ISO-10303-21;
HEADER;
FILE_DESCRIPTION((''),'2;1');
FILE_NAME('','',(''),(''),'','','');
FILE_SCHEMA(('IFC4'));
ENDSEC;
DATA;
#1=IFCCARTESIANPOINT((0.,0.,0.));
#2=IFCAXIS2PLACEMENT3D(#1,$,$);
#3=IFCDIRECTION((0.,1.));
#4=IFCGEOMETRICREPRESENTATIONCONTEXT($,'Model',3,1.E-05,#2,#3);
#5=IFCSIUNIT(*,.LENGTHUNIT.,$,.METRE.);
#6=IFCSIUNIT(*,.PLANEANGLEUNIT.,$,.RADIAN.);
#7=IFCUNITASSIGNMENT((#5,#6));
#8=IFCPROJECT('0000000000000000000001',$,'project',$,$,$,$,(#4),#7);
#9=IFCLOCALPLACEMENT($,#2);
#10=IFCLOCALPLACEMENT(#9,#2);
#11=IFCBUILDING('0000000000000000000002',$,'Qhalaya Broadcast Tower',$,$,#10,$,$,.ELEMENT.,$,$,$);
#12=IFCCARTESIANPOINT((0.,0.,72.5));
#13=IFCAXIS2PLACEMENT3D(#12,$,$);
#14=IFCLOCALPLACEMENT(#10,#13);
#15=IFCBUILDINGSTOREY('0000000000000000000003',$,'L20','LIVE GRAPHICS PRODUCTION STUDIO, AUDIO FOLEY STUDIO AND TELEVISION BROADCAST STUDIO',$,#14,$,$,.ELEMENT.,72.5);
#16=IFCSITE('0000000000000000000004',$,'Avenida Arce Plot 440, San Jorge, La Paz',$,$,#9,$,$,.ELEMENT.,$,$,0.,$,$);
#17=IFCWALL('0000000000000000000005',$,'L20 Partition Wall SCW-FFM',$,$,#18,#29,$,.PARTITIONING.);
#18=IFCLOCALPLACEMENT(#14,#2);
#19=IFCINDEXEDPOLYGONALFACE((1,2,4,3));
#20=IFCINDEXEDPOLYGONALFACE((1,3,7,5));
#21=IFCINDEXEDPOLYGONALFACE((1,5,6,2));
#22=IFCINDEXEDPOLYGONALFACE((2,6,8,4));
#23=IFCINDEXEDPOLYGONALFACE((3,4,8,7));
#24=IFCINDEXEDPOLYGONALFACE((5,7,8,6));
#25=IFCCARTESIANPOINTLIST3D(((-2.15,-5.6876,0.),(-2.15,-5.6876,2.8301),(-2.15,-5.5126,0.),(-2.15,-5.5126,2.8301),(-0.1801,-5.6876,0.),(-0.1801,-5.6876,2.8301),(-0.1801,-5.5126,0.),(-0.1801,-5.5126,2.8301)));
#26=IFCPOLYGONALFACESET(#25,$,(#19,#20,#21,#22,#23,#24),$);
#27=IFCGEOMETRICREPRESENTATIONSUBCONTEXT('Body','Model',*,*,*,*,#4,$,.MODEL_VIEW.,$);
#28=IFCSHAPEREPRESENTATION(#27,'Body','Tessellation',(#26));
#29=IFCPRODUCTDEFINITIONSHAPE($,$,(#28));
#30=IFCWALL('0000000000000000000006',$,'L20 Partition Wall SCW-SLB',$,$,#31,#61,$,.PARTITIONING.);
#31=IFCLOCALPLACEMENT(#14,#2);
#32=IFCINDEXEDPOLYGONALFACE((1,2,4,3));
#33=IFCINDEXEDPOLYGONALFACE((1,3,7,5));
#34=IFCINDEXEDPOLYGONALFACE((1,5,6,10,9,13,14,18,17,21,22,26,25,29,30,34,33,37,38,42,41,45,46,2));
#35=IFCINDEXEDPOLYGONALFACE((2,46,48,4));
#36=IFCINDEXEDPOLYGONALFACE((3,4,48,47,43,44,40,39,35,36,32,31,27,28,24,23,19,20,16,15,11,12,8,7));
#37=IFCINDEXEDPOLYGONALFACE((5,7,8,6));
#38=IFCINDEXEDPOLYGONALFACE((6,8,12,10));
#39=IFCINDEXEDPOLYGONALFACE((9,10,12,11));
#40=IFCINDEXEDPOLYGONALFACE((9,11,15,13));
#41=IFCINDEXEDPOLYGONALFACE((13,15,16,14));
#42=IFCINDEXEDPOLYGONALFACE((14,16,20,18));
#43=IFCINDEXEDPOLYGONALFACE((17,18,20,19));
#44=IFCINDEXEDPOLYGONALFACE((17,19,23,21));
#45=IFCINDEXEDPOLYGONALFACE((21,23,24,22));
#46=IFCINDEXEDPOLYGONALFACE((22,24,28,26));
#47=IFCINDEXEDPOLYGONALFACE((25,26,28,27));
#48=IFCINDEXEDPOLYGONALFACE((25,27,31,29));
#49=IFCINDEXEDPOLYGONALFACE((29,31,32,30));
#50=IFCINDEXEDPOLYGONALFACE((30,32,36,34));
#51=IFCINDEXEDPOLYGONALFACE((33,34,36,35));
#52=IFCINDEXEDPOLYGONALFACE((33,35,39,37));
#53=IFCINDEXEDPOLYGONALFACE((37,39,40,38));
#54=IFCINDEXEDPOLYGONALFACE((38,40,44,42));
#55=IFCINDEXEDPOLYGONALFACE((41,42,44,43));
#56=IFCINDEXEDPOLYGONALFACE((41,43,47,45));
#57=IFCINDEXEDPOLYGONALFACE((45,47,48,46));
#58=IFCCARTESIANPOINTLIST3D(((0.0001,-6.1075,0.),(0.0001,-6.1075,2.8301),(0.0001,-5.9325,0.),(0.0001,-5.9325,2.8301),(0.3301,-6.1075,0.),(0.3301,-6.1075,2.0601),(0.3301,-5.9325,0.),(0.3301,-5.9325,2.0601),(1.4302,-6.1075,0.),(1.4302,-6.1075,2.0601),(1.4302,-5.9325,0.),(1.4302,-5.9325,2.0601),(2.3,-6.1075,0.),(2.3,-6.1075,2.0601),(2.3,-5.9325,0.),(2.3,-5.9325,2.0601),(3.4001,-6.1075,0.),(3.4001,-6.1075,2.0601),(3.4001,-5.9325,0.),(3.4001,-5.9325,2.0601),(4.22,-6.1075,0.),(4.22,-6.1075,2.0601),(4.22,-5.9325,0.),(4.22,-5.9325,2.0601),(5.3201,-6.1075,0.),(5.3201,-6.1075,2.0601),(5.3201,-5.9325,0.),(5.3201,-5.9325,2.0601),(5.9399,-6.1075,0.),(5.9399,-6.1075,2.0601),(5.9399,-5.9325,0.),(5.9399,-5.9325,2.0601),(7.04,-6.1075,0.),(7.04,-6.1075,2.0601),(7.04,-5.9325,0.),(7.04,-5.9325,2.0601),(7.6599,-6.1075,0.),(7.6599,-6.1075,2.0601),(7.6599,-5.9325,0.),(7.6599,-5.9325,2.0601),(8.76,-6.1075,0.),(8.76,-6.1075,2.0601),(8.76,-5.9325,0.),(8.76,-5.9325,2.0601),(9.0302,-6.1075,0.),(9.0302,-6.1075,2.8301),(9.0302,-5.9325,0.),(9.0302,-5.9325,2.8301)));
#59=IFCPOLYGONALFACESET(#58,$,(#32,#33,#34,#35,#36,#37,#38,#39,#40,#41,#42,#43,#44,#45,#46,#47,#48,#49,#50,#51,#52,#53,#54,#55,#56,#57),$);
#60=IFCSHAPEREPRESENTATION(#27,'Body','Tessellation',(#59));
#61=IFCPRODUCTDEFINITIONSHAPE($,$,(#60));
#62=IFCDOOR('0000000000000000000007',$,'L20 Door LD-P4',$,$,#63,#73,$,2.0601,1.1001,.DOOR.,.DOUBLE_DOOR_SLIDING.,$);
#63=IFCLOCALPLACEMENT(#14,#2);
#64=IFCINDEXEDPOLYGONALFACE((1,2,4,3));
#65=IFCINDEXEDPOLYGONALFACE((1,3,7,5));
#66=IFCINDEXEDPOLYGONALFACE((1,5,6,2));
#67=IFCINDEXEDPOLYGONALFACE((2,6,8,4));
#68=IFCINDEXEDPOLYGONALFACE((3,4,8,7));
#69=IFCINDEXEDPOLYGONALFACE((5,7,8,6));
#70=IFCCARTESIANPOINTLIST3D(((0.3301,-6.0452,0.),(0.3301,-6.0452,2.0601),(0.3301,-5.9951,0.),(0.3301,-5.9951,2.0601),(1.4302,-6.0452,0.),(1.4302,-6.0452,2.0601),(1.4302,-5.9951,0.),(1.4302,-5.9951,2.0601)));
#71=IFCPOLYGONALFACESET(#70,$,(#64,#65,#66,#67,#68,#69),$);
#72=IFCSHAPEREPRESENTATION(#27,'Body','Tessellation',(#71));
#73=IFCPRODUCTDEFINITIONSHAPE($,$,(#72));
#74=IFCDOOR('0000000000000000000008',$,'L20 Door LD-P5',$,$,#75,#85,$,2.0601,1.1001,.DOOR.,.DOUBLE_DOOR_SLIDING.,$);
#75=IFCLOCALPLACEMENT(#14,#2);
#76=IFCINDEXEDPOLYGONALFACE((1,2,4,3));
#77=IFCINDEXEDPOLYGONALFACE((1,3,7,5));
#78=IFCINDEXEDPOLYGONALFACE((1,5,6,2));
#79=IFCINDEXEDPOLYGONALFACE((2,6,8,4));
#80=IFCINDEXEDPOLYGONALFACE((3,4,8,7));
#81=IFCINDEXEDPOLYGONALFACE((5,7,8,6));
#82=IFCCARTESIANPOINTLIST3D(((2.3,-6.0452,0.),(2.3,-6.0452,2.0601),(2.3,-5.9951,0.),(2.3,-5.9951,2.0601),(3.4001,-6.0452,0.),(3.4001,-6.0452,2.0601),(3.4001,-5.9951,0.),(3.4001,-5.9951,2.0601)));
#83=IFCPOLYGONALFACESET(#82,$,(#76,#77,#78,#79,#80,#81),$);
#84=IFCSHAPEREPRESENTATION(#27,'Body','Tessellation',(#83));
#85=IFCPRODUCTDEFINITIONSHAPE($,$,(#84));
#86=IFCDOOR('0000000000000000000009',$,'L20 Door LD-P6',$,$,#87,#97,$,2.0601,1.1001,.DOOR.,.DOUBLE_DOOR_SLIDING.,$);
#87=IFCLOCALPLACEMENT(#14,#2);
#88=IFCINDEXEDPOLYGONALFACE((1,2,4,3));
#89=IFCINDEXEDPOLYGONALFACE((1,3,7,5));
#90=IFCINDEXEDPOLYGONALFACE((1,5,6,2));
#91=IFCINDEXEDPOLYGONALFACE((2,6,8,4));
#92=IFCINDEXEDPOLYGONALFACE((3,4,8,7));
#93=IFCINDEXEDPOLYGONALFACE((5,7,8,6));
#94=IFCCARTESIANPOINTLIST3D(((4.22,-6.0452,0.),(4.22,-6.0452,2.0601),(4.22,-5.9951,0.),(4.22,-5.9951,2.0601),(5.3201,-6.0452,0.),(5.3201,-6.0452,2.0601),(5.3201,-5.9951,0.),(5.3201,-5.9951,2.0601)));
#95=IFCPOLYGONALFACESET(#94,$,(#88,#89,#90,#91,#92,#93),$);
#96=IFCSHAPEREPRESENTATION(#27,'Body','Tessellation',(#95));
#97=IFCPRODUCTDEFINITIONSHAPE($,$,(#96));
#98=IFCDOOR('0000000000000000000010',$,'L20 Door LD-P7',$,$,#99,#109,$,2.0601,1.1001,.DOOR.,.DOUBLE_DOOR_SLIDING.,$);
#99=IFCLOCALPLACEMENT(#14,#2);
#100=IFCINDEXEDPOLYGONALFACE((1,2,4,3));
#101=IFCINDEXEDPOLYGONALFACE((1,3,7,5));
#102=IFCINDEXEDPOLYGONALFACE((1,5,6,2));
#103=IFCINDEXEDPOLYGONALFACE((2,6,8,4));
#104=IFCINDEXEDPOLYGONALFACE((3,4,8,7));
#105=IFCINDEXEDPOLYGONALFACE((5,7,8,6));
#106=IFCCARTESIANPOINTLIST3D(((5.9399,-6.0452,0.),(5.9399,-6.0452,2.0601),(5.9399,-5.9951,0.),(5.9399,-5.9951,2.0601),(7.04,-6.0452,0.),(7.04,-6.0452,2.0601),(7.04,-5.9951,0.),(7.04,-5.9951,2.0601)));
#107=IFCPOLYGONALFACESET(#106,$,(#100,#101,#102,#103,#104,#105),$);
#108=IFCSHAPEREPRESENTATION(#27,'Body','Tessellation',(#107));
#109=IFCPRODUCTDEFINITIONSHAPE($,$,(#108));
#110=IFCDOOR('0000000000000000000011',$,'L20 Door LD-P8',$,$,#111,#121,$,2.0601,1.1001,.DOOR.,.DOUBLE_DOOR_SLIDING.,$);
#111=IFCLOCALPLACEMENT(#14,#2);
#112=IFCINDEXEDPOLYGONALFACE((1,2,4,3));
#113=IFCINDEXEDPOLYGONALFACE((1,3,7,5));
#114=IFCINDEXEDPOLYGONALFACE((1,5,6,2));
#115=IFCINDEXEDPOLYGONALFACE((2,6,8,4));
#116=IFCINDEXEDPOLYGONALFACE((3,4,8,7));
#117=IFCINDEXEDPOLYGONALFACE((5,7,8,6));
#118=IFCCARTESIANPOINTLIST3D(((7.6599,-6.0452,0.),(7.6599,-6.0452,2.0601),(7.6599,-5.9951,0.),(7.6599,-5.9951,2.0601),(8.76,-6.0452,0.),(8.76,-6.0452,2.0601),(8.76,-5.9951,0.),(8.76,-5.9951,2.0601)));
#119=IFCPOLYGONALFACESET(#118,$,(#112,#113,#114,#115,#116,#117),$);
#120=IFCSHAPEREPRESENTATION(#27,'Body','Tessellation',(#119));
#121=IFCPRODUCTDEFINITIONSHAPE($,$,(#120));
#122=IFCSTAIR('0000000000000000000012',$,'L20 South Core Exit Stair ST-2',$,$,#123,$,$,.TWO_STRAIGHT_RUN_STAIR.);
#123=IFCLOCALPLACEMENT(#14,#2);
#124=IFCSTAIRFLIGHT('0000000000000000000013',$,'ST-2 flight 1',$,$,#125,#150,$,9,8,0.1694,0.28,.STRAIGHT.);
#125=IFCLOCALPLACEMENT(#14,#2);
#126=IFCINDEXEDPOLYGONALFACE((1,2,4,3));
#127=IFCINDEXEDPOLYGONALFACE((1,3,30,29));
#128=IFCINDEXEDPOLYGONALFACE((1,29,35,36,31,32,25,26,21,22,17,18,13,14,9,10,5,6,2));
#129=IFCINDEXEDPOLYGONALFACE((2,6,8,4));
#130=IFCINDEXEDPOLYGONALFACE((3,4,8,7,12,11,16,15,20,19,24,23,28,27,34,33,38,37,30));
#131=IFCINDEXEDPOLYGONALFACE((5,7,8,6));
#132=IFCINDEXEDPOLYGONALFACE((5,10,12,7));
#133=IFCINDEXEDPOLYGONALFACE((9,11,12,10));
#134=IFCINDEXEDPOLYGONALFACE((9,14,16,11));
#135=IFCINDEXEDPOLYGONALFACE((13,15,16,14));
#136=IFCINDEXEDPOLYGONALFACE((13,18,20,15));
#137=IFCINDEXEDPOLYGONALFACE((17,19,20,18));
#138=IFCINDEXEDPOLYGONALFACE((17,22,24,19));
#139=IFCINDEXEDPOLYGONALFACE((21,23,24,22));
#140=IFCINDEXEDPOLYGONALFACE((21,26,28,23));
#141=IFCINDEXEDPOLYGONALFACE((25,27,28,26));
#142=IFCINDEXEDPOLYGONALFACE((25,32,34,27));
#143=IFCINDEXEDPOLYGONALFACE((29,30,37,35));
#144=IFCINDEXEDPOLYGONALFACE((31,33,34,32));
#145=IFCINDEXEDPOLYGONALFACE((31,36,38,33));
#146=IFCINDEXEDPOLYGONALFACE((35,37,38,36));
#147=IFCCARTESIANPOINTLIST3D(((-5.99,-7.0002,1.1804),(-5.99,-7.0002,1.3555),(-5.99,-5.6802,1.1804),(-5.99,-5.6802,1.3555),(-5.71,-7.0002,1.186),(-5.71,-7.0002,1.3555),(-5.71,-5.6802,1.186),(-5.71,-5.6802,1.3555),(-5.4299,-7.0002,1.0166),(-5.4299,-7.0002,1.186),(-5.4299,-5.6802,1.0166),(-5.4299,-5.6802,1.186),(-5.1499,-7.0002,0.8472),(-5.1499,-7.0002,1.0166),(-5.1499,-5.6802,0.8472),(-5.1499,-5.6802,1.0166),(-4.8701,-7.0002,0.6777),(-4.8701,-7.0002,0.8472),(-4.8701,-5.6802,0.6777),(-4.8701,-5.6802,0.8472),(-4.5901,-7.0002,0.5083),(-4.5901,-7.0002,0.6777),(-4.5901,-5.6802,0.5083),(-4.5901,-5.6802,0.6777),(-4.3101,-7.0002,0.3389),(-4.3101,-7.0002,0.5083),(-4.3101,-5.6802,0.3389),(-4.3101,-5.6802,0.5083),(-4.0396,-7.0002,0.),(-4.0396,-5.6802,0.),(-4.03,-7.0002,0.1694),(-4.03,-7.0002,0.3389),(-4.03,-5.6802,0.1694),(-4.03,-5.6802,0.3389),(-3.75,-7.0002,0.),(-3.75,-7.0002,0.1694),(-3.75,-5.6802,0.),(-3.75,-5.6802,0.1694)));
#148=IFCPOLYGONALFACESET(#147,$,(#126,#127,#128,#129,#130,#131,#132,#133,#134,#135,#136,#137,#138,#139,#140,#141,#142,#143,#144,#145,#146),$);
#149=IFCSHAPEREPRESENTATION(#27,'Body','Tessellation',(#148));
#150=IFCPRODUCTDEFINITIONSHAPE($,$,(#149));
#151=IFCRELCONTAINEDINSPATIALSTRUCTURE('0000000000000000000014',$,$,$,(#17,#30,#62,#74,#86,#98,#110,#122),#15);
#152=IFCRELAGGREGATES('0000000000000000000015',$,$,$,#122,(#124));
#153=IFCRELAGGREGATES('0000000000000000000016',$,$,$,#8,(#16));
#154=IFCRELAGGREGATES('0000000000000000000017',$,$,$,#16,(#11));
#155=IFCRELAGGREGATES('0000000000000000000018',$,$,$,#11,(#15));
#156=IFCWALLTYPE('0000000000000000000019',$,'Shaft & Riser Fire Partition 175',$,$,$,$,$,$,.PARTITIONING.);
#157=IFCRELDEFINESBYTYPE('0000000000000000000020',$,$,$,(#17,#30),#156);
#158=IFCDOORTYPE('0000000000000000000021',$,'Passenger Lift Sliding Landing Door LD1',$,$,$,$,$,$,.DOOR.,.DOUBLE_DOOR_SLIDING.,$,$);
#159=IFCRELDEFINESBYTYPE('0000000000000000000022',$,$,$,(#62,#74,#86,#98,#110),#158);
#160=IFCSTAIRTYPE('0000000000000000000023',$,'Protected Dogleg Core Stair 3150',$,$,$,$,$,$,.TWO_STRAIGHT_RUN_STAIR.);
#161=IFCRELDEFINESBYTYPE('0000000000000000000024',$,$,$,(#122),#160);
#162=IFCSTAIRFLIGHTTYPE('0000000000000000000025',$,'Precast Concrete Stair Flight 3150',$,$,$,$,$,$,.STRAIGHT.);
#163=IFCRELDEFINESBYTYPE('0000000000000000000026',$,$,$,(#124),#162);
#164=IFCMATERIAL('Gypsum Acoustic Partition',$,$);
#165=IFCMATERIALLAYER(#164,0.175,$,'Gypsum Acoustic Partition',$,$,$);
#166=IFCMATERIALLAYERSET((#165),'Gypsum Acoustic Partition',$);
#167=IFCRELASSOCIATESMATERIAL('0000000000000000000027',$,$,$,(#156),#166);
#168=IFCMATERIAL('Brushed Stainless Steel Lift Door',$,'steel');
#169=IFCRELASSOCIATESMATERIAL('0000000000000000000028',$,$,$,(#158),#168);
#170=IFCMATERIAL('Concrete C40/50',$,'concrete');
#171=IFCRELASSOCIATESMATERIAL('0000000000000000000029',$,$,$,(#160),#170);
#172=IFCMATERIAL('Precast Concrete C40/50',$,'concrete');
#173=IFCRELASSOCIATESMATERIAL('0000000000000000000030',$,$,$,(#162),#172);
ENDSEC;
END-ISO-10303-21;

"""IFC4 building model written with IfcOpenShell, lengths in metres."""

from ifc_helpers import new_model, si_unit, direction, frame, frame_2d, origin, place, context, subcontext, project, spatial, polyline, rectangle, outline, extrude, material, layer, layer_set, type_object, element, fill, aggregate, save


model = new_model("IFC4")

# Units and contexts
model_context = context("Model", 3, precision=1e-05, world=origin(), true_north=direction((0.0, 1.0)))
body_context = subcontext(model_context, "Body", "Model", "MODEL_VIEW")
ifc_project = project(units=[si_unit("LENGTHUNIT", "METRE"), si_unit("PLANEANGLEUNIT", "RADIAN")], contexts=[model_context])

# Site, building, storey
site_placement = place(None, origin())
site = spatial("IfcSite", under=ifc_project, at=site_placement, Name="Avenida Arce Plot 440, San Jorge, La Paz", CompositionType="ELEMENT", RefElevation=0.0)
building_placement = place(site_placement, origin())
building = spatial("IfcBuilding", under=site, at=building_placement, Name="Qhalaya Broadcast Tower", CompositionType="ELEMENT")
storey_placement = place(building_placement, frame((0.0, 0.0, 72.5)))
storey = spatial("IfcBuildingStorey", under=building, at=storey_placement, Name="L20", Description="LIVE GRAPHICS PRODUCTION STUDIO, AUDIO FOLEY STUDIO AND TELEVISION BROADCAST STUDIO", CompositionType="ELEMENT", Elevation=72.5)

# Shared definitions
ifc_material_1 = material(Name="Concrete C40/50", Category="concrete")

# Shared definitions
ifc_material_2 = material(Name="Brushed Stainless Steel Lift Door", Category="steel")
ifc_material_3 = material(Name="Gypsum Acoustic Partition")
ifc_layer_1 = layer(ifc_material_3, 0.175, Name="Gypsum Acoustic Partition")
ifc_layer_set_1 = layer_set([ifc_layer_1], Name="Gypsum Acoustic Partition")
wall_type_1 = type_object("IfcWallType", Name="Shaft & Riser Fire Partition 175", PredefinedType="PARTITIONING", material=ifc_layer_set_1)

# Wall
wall_1_placement = place(storey_placement, frame((-2.1499, -5.6001, 0.0), z_axis=(0.0, 0.0, 1.0), x_axis=(1.0, 0.0, 0.0)))
element("IfcWall", 1, at=wall_1_placement, inside=storey, type_object=wall_type_1, Name="L20 Partition Wall SCW-FFM", PredefinedType="PARTITIONING", context=body_context, shape_type="SweptSolid", body=[
    extrude(rectangle(XDim=1.97, YDim=0.175, at=frame_2d((0.9849, 0.0))), origin(), (0.0, 0.0, 1.0), 2.8301),
])

# Wall, openings, doors
wall_2_placement = place(storey_placement, frame((0.0, -6.02, 0.0), z_axis=(0.0, 0.0, 1.0), x_axis=(1.0, 0.0, 0.0)))
wall_2 = element("IfcWall", 2, at=wall_2_placement, inside=storey, type_object=wall_type_1, Name="L20 Partition Wall SCW-SLB", PredefinedType="PARTITIONING", context=body_context, shape_type="SweptSolid", body=[
    extrude(rectangle(XDim=9.03, YDim=0.175, at=frame_2d((4.5151, 0.0))), origin(), (0.0, 0.0, 1.0), 2.8301),
])
opening_1_placement = place(wall_2_placement, frame((0.3301, 0.0, 0.0)))
opening_1 = element("IfcOpeningElement", 3, at=opening_1_placement, cuts=wall_2, PredefinedType="OPENING", context=body_context, shape_type="SweptSolid", body=[
    extrude(rectangle(XDim=1.1001, YDim=2.0601, at=frame_2d((0.55, 1.03))), frame((0.0, 0.0996, 0.0), z_axis=(0.0, -1.0, 0.0), x_axis=(1.0, 0.0, 0.0)), (0.0, 0.0, 1.0), 0.199),
])
opening_2_placement = place(wall_2_placement, frame((2.3, 0.0, 0.0)))
opening_2 = element("IfcOpeningElement", 4, at=opening_2_placement, cuts=wall_2, PredefinedType="OPENING", context=body_context, shape_type="SweptSolid", body=[
    extrude(rectangle(XDim=1.1001, YDim=2.0601, at=frame_2d((0.55, 1.03))), frame((0.0, 0.0996, 0.0), z_axis=(0.0, -1.0, 0.0), x_axis=(1.0, 0.0, 0.0)), (0.0, 0.0, 1.0), 0.199),
])
opening_3_placement = place(wall_2_placement, frame((4.22, 0.0, 0.0)))
opening_3 = element("IfcOpeningElement", 5, at=opening_3_placement, cuts=wall_2, PredefinedType="OPENING", context=body_context, shape_type="SweptSolid", body=[
    extrude(rectangle(XDim=1.1001, YDim=2.0601, at=frame_2d((0.55, 1.03))), frame((0.0, 0.0996, 0.0), z_axis=(0.0, -1.0, 0.0), x_axis=(1.0, 0.0, 0.0)), (0.0, 0.0, 1.0), 0.199),
])
opening_4_placement = place(wall_2_placement, frame((5.9399, 0.0, 0.0)))
opening_4 = element("IfcOpeningElement", 6, at=opening_4_placement, cuts=wall_2, PredefinedType="OPENING", context=body_context, shape_type="SweptSolid", body=[
    extrude(rectangle(XDim=1.1001, YDim=2.0601, at=frame_2d((0.55, 1.03))), frame((0.0, 0.0996, 0.0), z_axis=(0.0, -1.0, 0.0), x_axis=(1.0, 0.0, 0.0)), (0.0, 0.0, 1.0), 0.199),
])
opening_5_placement = place(wall_2_placement, frame((7.6599, 0.0, 0.0)))
opening_5 = element("IfcOpeningElement", 7, at=opening_5_placement, cuts=wall_2, PredefinedType="OPENING", context=body_context, shape_type="SweptSolid", body=[
    extrude(rectangle(XDim=1.1001, YDim=2.0601, at=frame_2d((0.55, 1.03))), frame((0.0, 0.0996, 0.0), z_axis=(0.0, -1.0, 0.0), x_axis=(1.0, 0.0, 0.0)), (0.0, 0.0, 1.0), 0.199),
])
door_type_1 = type_object("IfcDoorType", Name="Passenger Lift Sliding Landing Door LD1", OperationType="DOUBLE_DOOR_SLIDING", PredefinedType="DOOR", material=ifc_material_2)
door_1_placement = place(opening_1_placement, origin())
door_1 = element("IfcDoor", 8, at=door_1_placement, inside=storey, type_object=door_type_1, Name="L20 Door LD-P4", OperationType="DOUBLE_DOOR_SLIDING", OverallHeight=2.0601, OverallWidth=1.1001, PredefinedType="DOOR", context=body_context, shape_type="SweptSolid", body=[
    extrude(rectangle(XDim=1.1001, YDim=2.0601, at=frame_2d((0.55, 1.03))), frame((0.0, 0.0249, 0.0), z_axis=(0.0, -1.0, 0.0), x_axis=(1.0, 0.0, 0.0)), (0.0, 0.0, 1.0), 0.05),
])
fill(opening_1, door_1)
door_2_placement = place(opening_2_placement, origin())
door_2 = element("IfcDoor", 9, at=door_2_placement, inside=storey, type_object=door_type_1, Name="L20 Door LD-P5", OperationType="DOUBLE_DOOR_SLIDING", OverallHeight=2.0601, OverallWidth=1.1001, PredefinedType="DOOR", context=body_context, shape_type="SweptSolid", body=[
    extrude(rectangle(XDim=1.1001, YDim=2.0601, at=frame_2d((0.55, 1.03))), frame((0.0, 0.0249, 0.0), z_axis=(0.0, -1.0, 0.0), x_axis=(1.0, 0.0, 0.0)), (0.0, 0.0, 1.0), 0.05),
])
fill(opening_2, door_2)
door_3_placement = place(opening_3_placement, origin())
door_3 = element("IfcDoor", 10, at=door_3_placement, inside=storey, type_object=door_type_1, Name="L20 Door LD-P6", OperationType="DOUBLE_DOOR_SLIDING", OverallHeight=2.0601, OverallWidth=1.1001, PredefinedType="DOOR", context=body_context, shape_type="SweptSolid", body=[
    extrude(rectangle(XDim=1.1001, YDim=2.0601, at=frame_2d((0.55, 1.03))), frame((0.0, 0.0249, 0.0), z_axis=(0.0, -1.0, 0.0), x_axis=(1.0, 0.0, 0.0)), (0.0, 0.0, 1.0), 0.05),
])
fill(opening_3, door_3)
door_4_placement = place(opening_4_placement, origin())
door_4 = element("IfcDoor", 11, at=door_4_placement, inside=storey, type_object=door_type_1, Name="L20 Door LD-P7", OperationType="DOUBLE_DOOR_SLIDING", OverallHeight=2.0601, OverallWidth=1.1001, PredefinedType="DOOR", context=body_context, shape_type="SweptSolid", body=[
    extrude(rectangle(XDim=1.1001, YDim=2.0601, at=frame_2d((0.55, 1.03))), frame((0.0, 0.0249, 0.0), z_axis=(0.0, -1.0, 0.0), x_axis=(1.0, 0.0, 0.0)), (0.0, 0.0, 1.0), 0.05),
])
fill(opening_4, door_4)
door_5_placement = place(opening_5_placement, origin())
door_5 = element("IfcDoor", 12, at=door_5_placement, inside=storey, type_object=door_type_1, Name="L20 Door LD-P8", OperationType="DOUBLE_DOOR_SLIDING", OverallHeight=2.0601, OverallWidth=1.1001, PredefinedType="DOOR", context=body_context, shape_type="SweptSolid", body=[
    extrude(rectangle(XDim=1.1001, YDim=2.0601, at=frame_2d((0.55, 1.03))), frame((0.0, 0.0249, 0.0), z_axis=(0.0, -1.0, 0.0), x_axis=(1.0, 0.0, 0.0)), (0.0, 0.0, 1.0), 0.05),
])
fill(opening_5, door_5)

# Stair, stair flight
stair_type = type_object("IfcStairType", Name="Protected Dogleg Core Stair 3150", PredefinedType="TWO_STRAIGHT_RUN_STAIR", material=ifc_material_1)
stair_placement = place(storey_placement, origin())
stair = element("IfcStair", 13, at=stair_placement, inside=storey, type_object=stair_type, Name="L20 South Core Exit Stair ST-2", PredefinedType="TWO_STRAIGHT_RUN_STAIR")
ifc_material_4 = material(Name="Precast Concrete C40/50", Category="concrete")
stair_flight_type = type_object("IfcStairFlightType", Name="Precast Concrete Stair Flight 3150", PredefinedType="STRAIGHT", material=ifc_material_4)
stair_flight_1_placement = place(storey_placement, frame((-3.75, -6.3401, 0.0), z_axis=(0.0, 0.0, 1.0), x_axis=(-1.0, 0.0, 0.0)))
stair_flight_1 = element("IfcStairFlight", 14, at=stair_flight_1_placement, type_object=stair_flight_type, Name="ST-2 flight 1", NumberOfRisers=9, NumberOfTreads=8, PredefinedType="STRAIGHT", RiserHeight=0.1694, TreadLength=0.28, context=body_context, shape_type="SweptSolid", body=[
    extrude(outline(polyline([(0.0, 0.0), (0.0, 0.1694), (0.28, 0.1694), (0.28, 0.3389), (0.5601, 0.3389), (0.5601, 0.5083), (0.8401, 0.5083), (0.8401, 0.6777), (1.1201, 0.6777), (1.1201, 0.8472), (1.3999, 0.8472), (1.3999, 1.0166), (1.6799, 1.0166), (1.6799, 1.186), (1.96, 1.186), (1.96, 1.3555), (2.24, 1.3555), (2.24, 1.5249), (2.24, 1.1804), (0.2896, 0.0), (0.0, 0.0)])), frame((0.0, 0.6602, 0.0), z_axis=(0.0, -1.0, 0.0), x_axis=(1.0, 0.0, 0.0)), (0.0, 0.0, 1.0), 1.3201),
])
aggregate(stair, [stair_flight_1])

save(model, "model.ifc")
